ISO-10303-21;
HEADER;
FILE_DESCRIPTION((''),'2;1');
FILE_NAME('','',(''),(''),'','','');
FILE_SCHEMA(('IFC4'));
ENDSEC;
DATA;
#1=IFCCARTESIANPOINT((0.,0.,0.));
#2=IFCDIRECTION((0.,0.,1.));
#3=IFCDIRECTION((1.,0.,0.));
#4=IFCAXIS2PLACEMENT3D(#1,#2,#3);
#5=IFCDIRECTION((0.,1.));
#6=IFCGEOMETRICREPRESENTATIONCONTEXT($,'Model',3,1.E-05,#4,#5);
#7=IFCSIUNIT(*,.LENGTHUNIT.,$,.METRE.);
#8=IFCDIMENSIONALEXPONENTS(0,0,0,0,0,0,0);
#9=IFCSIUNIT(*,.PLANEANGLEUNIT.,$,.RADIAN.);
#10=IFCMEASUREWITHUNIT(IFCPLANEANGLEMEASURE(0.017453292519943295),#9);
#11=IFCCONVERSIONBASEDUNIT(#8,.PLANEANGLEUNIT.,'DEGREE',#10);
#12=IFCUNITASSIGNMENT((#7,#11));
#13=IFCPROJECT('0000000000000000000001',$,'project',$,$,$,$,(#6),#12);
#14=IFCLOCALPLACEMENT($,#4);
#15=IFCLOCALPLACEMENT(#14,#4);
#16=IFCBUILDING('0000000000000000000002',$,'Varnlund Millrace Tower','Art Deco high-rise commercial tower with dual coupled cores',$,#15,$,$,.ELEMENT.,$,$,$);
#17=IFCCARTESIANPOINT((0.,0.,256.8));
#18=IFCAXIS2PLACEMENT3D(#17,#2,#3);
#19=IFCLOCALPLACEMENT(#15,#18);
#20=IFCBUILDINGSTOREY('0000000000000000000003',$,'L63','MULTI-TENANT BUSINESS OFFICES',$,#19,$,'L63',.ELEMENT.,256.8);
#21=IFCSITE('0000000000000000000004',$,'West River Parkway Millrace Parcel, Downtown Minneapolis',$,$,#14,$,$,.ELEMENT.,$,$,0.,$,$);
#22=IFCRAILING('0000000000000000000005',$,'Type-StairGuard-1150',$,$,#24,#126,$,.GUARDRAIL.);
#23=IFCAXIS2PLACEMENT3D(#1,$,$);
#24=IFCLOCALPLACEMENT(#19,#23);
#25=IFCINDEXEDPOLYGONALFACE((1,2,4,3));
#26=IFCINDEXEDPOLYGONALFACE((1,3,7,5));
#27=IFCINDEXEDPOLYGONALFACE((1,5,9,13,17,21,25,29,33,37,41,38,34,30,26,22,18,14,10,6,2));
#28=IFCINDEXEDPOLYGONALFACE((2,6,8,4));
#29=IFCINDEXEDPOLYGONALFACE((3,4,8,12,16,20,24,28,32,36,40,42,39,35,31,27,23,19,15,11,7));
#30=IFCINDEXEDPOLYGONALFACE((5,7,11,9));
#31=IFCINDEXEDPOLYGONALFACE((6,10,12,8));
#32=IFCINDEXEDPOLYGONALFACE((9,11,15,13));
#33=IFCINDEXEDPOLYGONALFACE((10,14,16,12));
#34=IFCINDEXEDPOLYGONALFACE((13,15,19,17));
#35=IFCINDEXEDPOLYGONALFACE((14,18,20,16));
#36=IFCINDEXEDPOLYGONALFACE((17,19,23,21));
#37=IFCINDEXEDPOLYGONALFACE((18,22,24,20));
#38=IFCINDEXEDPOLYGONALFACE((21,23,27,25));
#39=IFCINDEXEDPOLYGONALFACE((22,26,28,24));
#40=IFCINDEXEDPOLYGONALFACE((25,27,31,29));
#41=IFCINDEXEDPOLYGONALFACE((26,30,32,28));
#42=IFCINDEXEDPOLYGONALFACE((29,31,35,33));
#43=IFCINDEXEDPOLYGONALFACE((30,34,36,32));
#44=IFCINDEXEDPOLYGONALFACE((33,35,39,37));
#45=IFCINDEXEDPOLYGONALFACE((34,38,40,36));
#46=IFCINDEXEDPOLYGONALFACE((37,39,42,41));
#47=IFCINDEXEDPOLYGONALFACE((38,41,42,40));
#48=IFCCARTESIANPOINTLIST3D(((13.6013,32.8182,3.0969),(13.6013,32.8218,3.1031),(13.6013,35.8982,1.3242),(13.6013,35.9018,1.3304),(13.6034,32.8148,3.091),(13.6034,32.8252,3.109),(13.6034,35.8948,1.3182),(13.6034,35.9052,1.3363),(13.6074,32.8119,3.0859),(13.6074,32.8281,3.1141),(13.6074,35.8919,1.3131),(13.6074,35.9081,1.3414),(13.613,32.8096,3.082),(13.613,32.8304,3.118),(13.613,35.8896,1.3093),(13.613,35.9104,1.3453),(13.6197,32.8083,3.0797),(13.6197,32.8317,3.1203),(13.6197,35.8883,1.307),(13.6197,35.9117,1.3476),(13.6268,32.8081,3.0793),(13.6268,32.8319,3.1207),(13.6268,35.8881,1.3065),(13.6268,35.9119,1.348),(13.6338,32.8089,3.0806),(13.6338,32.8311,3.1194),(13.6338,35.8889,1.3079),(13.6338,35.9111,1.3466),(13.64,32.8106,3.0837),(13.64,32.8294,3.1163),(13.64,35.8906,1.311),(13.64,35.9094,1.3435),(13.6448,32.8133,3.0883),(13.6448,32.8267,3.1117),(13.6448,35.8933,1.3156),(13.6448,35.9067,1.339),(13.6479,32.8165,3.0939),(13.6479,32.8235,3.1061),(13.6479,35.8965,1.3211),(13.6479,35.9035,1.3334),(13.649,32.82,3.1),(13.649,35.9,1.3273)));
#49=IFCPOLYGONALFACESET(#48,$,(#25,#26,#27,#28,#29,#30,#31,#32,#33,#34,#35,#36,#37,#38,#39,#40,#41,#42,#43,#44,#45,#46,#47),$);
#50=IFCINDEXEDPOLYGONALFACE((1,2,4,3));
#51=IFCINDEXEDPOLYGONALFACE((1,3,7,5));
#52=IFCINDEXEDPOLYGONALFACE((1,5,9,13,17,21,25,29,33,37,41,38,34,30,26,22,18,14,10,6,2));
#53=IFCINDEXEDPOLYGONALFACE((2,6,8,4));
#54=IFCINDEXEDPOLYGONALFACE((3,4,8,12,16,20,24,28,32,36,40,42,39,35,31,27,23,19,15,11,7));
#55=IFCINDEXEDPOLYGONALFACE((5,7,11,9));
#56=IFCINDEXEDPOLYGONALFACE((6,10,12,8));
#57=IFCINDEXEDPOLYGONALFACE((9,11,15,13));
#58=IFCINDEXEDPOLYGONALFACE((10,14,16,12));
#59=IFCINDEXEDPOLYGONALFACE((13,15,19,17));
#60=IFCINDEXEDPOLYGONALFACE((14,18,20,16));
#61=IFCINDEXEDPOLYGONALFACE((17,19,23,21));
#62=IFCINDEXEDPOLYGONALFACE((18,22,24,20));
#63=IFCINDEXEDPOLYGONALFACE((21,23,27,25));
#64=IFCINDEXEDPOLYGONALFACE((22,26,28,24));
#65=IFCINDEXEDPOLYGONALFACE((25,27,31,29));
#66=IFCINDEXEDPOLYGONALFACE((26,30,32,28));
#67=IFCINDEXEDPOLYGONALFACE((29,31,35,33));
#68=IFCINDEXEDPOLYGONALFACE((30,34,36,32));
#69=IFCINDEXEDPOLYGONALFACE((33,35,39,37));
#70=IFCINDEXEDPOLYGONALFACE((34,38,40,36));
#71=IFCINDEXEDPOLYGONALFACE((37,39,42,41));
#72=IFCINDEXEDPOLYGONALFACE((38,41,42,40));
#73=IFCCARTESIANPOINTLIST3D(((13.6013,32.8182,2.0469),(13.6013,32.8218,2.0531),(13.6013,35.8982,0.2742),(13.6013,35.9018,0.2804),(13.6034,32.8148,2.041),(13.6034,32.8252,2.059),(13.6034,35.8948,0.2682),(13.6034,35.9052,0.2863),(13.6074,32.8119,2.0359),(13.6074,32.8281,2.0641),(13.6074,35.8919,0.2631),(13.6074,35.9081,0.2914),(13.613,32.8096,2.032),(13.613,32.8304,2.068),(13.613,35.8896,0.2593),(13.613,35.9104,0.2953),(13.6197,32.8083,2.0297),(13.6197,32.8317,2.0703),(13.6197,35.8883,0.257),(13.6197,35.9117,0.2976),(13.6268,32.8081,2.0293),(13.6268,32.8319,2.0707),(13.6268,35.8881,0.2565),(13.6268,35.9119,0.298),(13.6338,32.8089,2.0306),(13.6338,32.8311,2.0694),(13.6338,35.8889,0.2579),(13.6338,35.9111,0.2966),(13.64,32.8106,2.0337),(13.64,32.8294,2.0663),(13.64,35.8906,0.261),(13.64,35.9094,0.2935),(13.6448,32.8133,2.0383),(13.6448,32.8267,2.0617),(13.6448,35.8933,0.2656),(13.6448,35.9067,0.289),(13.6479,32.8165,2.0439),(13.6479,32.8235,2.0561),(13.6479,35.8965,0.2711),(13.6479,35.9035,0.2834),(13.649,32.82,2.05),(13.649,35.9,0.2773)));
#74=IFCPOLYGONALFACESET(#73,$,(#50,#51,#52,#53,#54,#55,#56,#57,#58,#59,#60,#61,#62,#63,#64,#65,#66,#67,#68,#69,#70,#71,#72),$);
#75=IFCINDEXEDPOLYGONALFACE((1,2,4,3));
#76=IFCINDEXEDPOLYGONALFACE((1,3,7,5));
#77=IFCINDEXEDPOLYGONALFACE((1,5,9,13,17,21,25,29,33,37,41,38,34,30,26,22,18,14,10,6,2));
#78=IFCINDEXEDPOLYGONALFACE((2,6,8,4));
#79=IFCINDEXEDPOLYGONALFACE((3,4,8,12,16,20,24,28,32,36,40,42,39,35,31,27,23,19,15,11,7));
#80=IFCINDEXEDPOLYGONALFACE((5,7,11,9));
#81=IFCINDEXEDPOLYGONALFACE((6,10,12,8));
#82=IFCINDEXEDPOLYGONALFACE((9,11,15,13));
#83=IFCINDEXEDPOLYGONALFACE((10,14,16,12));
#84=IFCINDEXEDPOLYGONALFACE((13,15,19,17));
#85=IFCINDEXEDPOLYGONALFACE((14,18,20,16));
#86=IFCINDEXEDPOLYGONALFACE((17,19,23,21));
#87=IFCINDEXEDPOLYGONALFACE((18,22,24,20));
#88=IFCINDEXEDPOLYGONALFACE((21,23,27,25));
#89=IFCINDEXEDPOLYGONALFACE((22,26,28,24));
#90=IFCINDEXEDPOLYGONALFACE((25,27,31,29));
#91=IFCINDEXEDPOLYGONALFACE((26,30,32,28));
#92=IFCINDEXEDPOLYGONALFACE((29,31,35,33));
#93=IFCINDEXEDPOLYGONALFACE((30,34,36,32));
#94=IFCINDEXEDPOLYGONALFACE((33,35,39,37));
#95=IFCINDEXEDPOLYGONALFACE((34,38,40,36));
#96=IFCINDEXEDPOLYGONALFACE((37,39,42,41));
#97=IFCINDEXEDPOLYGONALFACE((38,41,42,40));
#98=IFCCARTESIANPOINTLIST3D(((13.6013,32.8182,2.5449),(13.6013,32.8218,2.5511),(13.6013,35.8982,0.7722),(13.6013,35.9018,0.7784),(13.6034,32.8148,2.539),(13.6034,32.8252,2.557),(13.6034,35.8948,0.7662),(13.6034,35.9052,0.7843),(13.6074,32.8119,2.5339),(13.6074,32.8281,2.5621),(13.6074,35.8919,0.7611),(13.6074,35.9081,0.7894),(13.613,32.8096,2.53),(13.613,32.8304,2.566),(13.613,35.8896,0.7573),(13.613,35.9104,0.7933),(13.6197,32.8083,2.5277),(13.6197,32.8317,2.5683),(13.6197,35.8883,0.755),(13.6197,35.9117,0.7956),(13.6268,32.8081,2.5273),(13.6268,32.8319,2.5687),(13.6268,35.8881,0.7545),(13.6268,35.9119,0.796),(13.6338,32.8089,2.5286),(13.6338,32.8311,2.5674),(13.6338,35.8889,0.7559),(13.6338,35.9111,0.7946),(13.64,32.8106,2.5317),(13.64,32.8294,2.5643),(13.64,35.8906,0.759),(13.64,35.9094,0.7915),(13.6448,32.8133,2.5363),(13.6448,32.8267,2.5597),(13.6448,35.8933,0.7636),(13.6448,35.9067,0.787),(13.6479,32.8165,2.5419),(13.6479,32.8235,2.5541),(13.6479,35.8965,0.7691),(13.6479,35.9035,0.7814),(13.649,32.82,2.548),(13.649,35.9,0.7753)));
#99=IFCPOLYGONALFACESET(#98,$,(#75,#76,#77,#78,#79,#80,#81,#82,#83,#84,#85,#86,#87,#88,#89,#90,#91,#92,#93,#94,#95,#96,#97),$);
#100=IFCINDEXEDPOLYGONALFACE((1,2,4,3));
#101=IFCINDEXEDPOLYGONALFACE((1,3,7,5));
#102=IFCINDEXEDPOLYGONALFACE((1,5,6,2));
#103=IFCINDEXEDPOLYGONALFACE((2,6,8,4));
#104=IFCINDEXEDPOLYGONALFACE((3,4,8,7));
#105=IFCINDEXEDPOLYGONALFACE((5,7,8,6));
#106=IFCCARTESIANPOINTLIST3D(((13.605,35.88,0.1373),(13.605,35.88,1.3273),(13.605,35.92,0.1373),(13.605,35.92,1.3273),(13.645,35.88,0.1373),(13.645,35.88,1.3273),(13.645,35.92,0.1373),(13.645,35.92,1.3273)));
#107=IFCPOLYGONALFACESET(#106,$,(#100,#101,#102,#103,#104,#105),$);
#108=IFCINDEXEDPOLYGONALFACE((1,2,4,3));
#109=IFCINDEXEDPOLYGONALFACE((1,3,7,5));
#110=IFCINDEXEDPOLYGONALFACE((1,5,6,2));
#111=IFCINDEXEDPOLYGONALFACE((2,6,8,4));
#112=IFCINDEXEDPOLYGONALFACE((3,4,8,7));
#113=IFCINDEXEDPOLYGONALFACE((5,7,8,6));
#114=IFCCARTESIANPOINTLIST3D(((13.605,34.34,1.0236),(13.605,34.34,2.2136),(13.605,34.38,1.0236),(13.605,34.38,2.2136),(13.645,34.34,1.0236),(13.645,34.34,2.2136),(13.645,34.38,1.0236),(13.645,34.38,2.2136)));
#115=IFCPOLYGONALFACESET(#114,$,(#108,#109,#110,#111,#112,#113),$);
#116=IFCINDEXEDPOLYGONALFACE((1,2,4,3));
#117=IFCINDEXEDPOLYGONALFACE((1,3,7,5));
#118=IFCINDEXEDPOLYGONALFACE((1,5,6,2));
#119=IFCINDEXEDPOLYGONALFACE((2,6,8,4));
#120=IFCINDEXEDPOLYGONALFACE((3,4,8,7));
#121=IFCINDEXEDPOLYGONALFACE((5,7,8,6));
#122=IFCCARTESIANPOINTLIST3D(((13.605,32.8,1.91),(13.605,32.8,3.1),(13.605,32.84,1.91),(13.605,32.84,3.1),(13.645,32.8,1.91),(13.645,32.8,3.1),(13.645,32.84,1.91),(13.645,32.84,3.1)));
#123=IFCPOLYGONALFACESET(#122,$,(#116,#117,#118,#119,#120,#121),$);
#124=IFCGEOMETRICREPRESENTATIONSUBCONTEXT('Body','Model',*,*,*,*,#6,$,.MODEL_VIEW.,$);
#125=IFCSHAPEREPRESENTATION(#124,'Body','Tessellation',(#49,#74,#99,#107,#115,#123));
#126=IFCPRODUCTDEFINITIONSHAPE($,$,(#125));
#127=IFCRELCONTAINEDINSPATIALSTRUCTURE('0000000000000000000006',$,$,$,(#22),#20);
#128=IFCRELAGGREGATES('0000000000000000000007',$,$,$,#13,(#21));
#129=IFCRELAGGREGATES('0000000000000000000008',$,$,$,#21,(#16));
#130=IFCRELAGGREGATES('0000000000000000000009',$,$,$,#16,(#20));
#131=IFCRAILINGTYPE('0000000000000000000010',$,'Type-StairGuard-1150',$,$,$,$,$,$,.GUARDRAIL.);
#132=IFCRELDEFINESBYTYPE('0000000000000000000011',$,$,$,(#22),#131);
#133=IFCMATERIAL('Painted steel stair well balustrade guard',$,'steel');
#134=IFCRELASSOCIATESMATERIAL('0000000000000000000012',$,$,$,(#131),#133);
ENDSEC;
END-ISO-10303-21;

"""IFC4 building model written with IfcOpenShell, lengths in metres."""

from ifc_helpers import new_model, entity, si_unit, converted_unit, direction, frame, origin_with_axes, origin_2d_with_axis, place, context, subcontext, project, spatial, rectangle, circle, extrude, material, type_object, element, save


model = new_model("IFC4")

# Units and contexts
model_context = context("Model", 3, precision=1e-05, world=origin_with_axes(), true_north=direction((0.0, 1.0)))
body_context = subcontext(model_context, "Body", "Model", "MODEL_VIEW")
ifc_project = project(units=[si_unit("LENGTHUNIT", "METRE"), converted_unit("PLANEANGLEUNIT", "DEGREE", entity("IfcPlaneAngleMeasure", 0.017453292519943295), si_unit("PLANEANGLEUNIT", "RADIAN"), dimensions=[0, 0, 0, 0, 0, 0, 0])], contexts=[model_context])

# Site, building, storey
site_placement = place(None, origin_with_axes())
site = spatial("IfcSite", under=ifc_project, at=site_placement, Name="West River Parkway Millrace Parcel, Downtown Minneapolis", CompositionType="ELEMENT", RefElevation=0.0)
building_placement = place(site_placement, origin_with_axes())
building = spatial("IfcBuilding", under=site, at=building_placement, Name="Varnlund Millrace Tower", Description="Art Deco high-rise commercial tower with dual coupled cores", CompositionType="ELEMENT")
storey_placement = place(building_placement, frame((0.0, 0.0, 256.8), z_axis=(0.0, 0.0, 1.0), x_axis=(1.0, 0.0, 0.0)))
storey = spatial("IfcBuildingStorey", under=building, at=storey_placement, Name="L63", Description="MULTI-TENANT BUSINESS OFFICES", LongName="L63", CompositionType="ELEMENT", Elevation=256.8)

# Railing
ifc_material_1 = material(Name="Painted steel stair well balustrade guard", Category="steel")
railing_type_1 = type_object("IfcRailingType", Name="Type-StairGuard-1150", PredefinedType="GUARDRAIL", material=ifc_material_1)
railing_1_placement = place(storey_placement, frame((0.0, 0.0, -256.8), z_axis=(0.0, 0.0, 1.0), x_axis=(1.0, 0.0, 0.0)))
element("IfcRailing", 1, at=railing_1_placement, inside=storey, type_object=railing_type_1, Name="Type-StairGuard-1150", PredefinedType="GUARDRAIL", context=body_context, shape_type="SweptSolid", body=[
    extrude(circle(Radius=0.024, at=origin_2d_with_axis()), frame((13.625, 35.9, 258.1273), z_axis=(0.0, -0.866696, 0.498836), x_axis=(1.0, 0.0, 0.0)), (0.0, 0.0, 1.0), 3.5537),
    extrude(circle(Radius=0.024, at=origin_2d_with_axis()), frame((13.625, 35.9, 257.0773), z_axis=(0.0, -0.866696, 0.498836), x_axis=(1.0, 0.0, 0.0)), (0.0, 0.0, 1.0), 3.5537),
    extrude(circle(Radius=0.024, at=origin_2d_with_axis()), frame((13.625, 35.9, 257.5753), z_axis=(0.0, -0.866696, 0.498836), x_axis=(1.0, 0.0, 0.0)), (0.0, 0.0, 1.0), 3.5537),
    extrude(rectangle(XDim=0.04, YDim=0.04, at=origin_2d_with_axis()), frame((13.625, 35.9, 256.9373), z_axis=(0.0, 0.0, 1.0), x_axis=(1.0, 0.0, 0.0)), (0.0, 0.0, 1.0), 1.19),
    extrude(rectangle(XDim=0.04, YDim=0.04, at=origin_2d_with_axis()), frame((13.625, 34.36, 257.8236), z_axis=(0.0, 0.0, 1.0), x_axis=(1.0, 0.0, 0.0)), (0.0, 0.0, 1.0), 1.19),
    extrude(rectangle(XDim=0.04, YDim=0.04, at=origin_2d_with_axis()), frame((13.625, 32.82, 258.71), z_axis=(0.0, 0.0, 1.0), x_axis=(1.0, 0.0, 0.0)), (0.0, 0.0, 1.0), 1.19),
])

save(model, "model.ifc")
